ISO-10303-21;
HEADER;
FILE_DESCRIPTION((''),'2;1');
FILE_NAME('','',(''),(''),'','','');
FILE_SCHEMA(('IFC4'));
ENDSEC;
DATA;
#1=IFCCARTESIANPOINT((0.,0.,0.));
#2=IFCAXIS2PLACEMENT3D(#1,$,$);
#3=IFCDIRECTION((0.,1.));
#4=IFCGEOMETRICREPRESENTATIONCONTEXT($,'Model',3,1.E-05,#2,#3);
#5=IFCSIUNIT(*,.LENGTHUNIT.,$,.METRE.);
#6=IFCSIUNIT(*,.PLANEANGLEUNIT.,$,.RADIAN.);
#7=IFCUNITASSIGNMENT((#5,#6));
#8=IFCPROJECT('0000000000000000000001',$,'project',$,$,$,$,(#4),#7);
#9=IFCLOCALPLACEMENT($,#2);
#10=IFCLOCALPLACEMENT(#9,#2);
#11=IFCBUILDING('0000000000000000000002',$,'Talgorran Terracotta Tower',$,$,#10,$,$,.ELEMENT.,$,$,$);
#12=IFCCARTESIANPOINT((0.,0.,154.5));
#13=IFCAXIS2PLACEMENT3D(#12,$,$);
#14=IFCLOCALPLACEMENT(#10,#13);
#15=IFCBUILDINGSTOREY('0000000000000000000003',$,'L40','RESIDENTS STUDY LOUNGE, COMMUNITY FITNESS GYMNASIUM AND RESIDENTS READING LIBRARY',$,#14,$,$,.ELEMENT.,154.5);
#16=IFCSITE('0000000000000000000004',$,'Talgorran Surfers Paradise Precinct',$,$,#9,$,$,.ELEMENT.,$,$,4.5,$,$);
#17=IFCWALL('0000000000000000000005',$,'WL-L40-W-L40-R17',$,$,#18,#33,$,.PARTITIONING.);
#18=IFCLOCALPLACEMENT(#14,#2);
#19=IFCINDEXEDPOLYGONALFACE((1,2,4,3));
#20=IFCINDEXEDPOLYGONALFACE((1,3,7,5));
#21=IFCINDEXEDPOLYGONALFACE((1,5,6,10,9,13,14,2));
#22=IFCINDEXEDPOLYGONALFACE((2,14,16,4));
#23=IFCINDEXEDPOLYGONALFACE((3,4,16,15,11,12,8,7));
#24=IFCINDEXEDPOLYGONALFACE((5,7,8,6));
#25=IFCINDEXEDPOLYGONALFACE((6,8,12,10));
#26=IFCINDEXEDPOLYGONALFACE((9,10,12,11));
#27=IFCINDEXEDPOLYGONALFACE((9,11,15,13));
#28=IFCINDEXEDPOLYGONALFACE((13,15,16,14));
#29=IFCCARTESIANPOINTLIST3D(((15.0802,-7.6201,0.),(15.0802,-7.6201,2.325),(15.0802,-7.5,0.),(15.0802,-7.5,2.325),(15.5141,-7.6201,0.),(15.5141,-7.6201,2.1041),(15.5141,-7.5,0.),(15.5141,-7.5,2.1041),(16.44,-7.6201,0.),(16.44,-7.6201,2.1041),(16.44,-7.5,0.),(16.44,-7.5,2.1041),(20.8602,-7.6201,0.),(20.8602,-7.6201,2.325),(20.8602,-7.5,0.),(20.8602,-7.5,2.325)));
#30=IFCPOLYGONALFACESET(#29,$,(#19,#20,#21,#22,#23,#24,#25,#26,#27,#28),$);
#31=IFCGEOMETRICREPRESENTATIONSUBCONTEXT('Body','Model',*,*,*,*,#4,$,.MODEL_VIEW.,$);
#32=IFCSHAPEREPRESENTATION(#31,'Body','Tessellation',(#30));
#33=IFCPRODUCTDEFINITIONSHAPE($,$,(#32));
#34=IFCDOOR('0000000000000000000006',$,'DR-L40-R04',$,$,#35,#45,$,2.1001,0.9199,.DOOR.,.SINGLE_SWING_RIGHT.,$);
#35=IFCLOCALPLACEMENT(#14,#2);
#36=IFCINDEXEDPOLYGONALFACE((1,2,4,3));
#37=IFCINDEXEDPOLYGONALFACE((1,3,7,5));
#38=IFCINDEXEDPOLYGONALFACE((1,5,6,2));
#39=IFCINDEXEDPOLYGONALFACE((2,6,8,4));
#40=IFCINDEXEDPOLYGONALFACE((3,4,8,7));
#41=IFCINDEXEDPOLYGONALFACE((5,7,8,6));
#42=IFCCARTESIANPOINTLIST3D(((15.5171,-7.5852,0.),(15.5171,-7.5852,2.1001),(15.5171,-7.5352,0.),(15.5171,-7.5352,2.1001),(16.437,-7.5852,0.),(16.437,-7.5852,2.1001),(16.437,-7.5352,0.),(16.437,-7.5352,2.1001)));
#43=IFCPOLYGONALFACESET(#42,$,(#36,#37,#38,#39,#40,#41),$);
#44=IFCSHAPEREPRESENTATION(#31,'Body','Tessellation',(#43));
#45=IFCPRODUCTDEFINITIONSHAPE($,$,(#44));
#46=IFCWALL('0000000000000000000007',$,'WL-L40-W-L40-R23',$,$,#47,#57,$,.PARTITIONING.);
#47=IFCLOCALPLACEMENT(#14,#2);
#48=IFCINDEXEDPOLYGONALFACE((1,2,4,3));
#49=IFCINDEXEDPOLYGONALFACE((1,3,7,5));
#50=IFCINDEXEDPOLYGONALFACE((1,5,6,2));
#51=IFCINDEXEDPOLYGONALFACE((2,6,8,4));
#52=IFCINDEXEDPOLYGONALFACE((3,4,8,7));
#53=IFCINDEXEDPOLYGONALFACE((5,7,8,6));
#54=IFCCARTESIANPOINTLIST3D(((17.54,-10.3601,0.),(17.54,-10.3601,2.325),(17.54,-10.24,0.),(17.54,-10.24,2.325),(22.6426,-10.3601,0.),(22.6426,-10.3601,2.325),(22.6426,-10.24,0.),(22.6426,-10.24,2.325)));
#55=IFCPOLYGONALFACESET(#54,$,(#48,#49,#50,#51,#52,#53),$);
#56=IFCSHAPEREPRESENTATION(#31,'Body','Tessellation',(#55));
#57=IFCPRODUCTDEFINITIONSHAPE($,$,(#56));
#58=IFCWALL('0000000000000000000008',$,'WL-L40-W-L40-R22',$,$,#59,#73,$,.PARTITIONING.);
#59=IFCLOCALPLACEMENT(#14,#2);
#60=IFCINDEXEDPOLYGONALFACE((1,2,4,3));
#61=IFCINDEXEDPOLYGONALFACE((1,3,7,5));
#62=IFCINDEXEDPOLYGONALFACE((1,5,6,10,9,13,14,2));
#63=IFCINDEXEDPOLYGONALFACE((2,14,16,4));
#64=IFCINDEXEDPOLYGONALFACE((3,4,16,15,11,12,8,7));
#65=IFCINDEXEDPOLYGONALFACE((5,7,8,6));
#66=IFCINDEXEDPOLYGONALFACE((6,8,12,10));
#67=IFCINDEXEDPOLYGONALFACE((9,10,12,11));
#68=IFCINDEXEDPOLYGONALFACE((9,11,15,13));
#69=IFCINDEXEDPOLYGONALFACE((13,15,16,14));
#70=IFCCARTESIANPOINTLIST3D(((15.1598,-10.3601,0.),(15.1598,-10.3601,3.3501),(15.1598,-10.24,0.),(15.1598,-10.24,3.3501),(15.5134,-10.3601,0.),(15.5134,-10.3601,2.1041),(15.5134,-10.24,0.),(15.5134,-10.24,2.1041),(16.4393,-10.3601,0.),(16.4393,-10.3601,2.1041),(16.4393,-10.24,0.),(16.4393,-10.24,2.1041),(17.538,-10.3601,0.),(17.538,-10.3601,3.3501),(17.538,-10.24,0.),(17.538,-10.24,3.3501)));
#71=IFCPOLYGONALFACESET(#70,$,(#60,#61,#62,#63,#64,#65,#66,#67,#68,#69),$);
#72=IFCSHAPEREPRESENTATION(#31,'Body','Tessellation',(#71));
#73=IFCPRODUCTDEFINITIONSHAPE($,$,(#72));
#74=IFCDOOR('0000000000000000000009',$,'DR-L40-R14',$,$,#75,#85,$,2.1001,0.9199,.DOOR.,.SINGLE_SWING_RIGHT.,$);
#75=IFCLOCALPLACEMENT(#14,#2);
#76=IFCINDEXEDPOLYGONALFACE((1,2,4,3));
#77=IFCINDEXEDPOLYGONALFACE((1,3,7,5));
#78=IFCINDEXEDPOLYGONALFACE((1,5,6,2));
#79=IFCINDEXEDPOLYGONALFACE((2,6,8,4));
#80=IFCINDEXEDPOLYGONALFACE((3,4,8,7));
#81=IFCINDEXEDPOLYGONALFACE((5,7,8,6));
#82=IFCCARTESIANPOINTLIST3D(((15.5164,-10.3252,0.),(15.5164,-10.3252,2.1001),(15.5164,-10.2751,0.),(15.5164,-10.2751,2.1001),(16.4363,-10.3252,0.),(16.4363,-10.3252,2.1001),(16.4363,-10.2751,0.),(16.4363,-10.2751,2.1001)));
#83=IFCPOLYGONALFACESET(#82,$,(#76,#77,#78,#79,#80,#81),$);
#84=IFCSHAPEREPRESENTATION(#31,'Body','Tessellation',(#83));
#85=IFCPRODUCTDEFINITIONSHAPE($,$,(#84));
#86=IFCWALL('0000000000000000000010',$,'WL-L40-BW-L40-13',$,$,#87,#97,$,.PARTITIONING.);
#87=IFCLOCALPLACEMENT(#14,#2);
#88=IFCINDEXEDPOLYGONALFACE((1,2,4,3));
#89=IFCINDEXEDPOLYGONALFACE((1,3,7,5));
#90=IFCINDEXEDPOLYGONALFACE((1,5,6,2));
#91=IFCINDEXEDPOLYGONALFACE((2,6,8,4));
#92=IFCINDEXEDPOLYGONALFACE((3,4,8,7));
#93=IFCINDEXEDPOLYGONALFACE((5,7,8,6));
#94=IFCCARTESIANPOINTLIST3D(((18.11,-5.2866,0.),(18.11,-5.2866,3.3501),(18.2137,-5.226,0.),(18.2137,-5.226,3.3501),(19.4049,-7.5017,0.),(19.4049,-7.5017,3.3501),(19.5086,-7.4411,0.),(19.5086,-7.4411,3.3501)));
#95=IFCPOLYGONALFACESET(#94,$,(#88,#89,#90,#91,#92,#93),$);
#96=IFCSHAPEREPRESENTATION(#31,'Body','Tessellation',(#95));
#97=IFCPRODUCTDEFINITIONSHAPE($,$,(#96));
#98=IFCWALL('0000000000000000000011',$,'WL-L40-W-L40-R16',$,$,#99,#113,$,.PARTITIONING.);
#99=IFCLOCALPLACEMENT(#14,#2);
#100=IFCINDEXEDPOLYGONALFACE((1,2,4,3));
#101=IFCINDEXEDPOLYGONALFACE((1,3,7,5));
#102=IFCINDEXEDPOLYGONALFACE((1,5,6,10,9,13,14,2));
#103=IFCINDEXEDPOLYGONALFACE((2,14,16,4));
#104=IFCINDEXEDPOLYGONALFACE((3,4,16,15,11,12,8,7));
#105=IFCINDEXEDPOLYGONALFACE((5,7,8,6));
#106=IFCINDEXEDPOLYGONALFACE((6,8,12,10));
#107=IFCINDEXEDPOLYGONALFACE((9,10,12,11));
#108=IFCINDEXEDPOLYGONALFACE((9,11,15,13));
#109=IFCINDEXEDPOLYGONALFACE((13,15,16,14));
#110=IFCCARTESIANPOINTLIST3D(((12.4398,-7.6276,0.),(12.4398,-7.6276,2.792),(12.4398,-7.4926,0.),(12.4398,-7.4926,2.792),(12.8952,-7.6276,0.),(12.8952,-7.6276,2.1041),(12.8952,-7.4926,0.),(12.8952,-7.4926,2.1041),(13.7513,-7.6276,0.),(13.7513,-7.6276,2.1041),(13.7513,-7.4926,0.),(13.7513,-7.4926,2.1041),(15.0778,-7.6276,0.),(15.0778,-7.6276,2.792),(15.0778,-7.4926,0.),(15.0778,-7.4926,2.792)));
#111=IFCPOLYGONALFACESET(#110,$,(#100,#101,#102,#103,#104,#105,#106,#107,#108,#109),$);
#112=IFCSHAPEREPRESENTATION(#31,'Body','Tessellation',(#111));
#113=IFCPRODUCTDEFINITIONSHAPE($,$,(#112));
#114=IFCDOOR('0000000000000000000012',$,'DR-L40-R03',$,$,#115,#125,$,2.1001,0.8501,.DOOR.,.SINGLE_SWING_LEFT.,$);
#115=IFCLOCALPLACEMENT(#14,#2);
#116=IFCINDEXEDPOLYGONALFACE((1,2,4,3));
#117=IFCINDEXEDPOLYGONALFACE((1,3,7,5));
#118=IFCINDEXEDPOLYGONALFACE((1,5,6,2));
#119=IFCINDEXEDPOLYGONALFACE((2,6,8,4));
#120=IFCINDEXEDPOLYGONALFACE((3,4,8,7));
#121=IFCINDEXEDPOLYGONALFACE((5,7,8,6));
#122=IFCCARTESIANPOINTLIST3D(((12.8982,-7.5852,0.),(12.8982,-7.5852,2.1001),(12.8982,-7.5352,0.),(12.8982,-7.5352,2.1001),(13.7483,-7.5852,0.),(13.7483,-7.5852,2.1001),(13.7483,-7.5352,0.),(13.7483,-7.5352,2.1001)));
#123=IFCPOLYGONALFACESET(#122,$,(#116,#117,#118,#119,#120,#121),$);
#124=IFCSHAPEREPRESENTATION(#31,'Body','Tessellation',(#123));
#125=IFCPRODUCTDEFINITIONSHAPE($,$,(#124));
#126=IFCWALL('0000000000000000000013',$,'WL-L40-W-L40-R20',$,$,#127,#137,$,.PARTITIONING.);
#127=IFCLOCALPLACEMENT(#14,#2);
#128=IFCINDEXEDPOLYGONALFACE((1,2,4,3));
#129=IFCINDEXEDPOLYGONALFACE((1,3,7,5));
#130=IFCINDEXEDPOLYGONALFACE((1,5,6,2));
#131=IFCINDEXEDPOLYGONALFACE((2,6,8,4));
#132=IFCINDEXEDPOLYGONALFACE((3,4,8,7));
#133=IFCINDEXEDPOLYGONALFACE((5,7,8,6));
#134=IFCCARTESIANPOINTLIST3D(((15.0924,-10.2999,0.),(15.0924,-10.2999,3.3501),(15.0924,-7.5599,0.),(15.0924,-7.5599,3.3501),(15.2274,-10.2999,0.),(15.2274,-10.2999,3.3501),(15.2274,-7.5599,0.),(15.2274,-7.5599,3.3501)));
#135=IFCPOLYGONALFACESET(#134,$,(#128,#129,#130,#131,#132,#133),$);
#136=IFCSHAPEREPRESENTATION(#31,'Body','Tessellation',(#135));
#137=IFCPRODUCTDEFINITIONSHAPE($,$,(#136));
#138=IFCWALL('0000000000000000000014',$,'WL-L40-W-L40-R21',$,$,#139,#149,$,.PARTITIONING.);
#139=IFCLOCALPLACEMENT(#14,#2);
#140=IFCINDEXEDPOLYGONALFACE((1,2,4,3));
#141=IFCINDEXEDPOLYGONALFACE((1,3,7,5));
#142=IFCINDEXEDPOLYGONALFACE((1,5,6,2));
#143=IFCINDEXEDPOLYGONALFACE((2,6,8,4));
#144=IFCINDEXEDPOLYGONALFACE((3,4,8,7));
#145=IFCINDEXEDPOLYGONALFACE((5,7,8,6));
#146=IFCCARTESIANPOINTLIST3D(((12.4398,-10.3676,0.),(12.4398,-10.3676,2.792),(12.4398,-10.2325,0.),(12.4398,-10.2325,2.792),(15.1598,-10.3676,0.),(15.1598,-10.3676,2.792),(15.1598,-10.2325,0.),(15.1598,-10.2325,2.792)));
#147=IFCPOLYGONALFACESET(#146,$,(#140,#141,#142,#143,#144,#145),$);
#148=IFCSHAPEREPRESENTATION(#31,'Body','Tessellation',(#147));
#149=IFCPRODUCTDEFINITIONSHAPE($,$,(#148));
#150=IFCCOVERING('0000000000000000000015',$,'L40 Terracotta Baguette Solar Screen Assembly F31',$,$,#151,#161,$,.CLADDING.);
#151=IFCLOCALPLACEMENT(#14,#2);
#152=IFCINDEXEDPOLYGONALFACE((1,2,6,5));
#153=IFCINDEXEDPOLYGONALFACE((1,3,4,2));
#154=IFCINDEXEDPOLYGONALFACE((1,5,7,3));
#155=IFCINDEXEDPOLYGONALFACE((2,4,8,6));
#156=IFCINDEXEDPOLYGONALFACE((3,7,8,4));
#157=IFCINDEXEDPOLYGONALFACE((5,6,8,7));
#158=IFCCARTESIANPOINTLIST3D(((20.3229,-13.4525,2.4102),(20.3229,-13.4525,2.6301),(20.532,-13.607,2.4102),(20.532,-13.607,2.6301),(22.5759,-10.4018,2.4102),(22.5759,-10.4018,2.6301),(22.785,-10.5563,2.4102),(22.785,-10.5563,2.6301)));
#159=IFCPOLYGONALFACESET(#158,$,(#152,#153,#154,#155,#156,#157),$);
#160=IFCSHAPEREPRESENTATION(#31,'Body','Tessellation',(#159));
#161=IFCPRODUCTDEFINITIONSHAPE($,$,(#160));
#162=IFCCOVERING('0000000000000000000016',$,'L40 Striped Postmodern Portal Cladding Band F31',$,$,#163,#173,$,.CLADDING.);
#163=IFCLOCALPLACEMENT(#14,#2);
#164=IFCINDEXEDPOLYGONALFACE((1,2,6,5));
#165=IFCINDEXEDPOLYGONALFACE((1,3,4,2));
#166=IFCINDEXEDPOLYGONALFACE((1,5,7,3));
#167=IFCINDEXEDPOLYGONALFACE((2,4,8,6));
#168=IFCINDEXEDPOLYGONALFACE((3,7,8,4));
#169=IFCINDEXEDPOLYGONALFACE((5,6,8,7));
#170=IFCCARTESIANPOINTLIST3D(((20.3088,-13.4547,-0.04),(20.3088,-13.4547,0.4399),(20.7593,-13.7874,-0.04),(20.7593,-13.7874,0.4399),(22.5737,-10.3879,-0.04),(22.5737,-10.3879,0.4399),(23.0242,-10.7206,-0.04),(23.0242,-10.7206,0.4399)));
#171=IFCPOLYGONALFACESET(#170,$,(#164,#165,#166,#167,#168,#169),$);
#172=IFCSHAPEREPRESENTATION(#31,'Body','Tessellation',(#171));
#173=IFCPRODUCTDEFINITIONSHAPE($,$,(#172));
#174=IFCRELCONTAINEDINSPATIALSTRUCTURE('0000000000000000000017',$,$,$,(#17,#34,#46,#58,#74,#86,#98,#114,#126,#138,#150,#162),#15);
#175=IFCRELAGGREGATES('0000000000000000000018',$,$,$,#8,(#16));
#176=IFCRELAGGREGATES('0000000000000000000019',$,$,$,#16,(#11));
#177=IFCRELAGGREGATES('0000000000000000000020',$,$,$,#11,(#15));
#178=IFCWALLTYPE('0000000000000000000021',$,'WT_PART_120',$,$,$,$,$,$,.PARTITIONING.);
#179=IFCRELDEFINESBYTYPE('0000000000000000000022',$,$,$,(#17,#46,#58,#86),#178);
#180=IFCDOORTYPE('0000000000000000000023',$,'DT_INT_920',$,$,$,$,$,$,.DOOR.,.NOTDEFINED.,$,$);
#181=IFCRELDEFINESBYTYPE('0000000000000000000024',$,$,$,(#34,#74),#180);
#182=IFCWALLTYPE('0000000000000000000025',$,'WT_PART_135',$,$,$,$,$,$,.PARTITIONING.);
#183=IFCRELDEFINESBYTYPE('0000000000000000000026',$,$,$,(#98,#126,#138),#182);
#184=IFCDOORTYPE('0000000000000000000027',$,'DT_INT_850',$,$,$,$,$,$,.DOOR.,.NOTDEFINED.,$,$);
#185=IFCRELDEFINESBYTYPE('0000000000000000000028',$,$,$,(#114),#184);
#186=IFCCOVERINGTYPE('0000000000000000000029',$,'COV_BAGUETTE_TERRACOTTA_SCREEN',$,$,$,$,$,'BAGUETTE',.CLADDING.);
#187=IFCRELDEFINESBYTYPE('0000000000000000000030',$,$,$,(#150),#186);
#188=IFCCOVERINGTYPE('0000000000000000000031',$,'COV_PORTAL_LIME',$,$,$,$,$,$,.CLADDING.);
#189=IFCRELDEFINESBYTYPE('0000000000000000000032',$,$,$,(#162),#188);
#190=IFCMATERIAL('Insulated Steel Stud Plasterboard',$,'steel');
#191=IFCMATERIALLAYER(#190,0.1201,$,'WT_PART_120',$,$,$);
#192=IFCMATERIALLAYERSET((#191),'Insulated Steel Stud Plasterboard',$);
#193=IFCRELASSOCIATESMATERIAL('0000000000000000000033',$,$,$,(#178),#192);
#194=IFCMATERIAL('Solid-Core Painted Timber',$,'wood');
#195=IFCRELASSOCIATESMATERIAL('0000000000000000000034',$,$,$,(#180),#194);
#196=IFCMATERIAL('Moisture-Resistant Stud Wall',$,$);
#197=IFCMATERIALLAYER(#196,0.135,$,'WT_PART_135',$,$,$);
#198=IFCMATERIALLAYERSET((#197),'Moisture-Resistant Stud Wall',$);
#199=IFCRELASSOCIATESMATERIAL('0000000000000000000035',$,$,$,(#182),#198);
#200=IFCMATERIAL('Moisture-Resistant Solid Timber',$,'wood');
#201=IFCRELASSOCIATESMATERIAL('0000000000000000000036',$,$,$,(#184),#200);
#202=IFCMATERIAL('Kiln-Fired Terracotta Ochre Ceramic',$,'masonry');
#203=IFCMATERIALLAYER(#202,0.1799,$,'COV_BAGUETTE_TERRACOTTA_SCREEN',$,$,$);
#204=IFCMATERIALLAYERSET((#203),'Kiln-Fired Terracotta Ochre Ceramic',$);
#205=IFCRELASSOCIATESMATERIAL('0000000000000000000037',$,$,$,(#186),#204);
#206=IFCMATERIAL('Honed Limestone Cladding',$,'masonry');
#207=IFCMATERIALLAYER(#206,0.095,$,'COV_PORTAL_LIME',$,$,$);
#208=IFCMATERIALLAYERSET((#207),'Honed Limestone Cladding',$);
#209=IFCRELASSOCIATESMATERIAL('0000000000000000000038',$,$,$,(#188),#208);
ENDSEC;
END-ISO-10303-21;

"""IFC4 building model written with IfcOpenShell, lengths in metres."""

from ifc_helpers import new_model, si_unit, direction, frame, frame_2d, origin, origin_2d, place, context, subcontext, project, spatial, rectangle, extrude, material, layer, layer_set, type_object, element, fill, save


model = new_model("IFC4")

# Units and contexts
model_context = context("Model", 3, precision=1e-05, world=origin(), true_north=direction((0.0, 1.0)))
body_context = subcontext(model_context, "Body", "Model", "MODEL_VIEW")
ifc_project = project(units=[si_unit("LENGTHUNIT", "METRE"), si_unit("PLANEANGLEUNIT", "RADIAN")], contexts=[model_context])

# Site, building, storey
site_placement = place(None, origin())
site = spatial("IfcSite", under=ifc_project, at=site_placement, Name="Talgorran Surfers Paradise Precinct", CompositionType="ELEMENT", RefElevation=4.5)
building_placement = place(site_placement, origin())
building = spatial("IfcBuilding", under=site, at=building_placement, Name="Talgorran Terracotta Tower", CompositionType="ELEMENT")
storey_placement = place(building_placement, frame((0.0, 0.0, 154.5)))
storey = spatial("IfcBuildingStorey", under=building, at=storey_placement, Name="L40", Description="RESIDENTS STUDY LOUNGE, COMMUNITY FITNESS GYMNASIUM AND RESIDENTS READING LIBRARY", CompositionType="ELEMENT", Elevation=154.5)

# Wall, opening, door
ifc_material_1 = material(Name="Insulated Steel Stud Plasterboard", Category="steel")
ifc_layer_1 = layer(ifc_material_1, 0.1201, Name="WT_PART_120")
ifc_layer_set_1 = layer_set([ifc_layer_1], Name="Insulated Steel Stud Plasterboard")
wall_type_1 = type_object("IfcWallType", Name="WT_PART_120", PredefinedType="PARTITIONING", material=ifc_layer_set_1)
wall_1_placement = place(storey_placement, frame((15.0801, -7.5601, 0.0), z_axis=(0.0, 0.0, 1.0), x_axis=(1.0, 0.0, 0.0)))
wall_1 = element("IfcWall", 1, at=wall_1_placement, inside=storey, type_object=wall_type_1, Name="WL-L40-W-L40-R17", PredefinedType="PARTITIONING", context=body_context, shape_type="SweptSolid", body=[
    extrude(rectangle(XDim=5.78, YDim=0.1201, at=frame_2d((2.8901, 0.0))), origin(), (0.0, 0.0, 1.0), 2.325),
])
opening_1_placement = place(wall_1_placement, frame((0.437, 0.0, 0.0)))
opening_1 = element("IfcOpeningElement", 2, at=opening_1_placement, cuts=wall_1, PredefinedType="OPENING", context=body_context, shape_type="SweptSolid", body=[
    extrude(rectangle(XDim=0.9259, YDim=2.1041, at=frame_2d((0.46, 1.052))), frame((0.0, 0.0701, 0.0), z_axis=(0.0, -1.0, 0.0), x_axis=(1.0, 0.0, 0.0)), (0.0, 0.0, 1.0), 0.1401),
])
ifc_material_2 = material(Name="Solid-Core Painted Timber", Category="wood")
door_type_1 = type_object("IfcDoorType", Name="DT_INT_920", OperationType="NOTDEFINED", PredefinedType="DOOR", material=ifc_material_2)
door_1_placement = place(opening_1_placement, origin())
door_1 = element("IfcDoor", 3, at=door_1_placement, inside=storey, type_object=door_type_1, Name="DR-L40-R04", OperationType="SINGLE_SWING_RIGHT", OverallHeight=2.1001, OverallWidth=0.9199, PredefinedType="DOOR", context=body_context, shape_type="SweptSolid", body=[
    extrude(rectangle(XDim=0.9199, YDim=2.1001, at=frame_2d((0.46, 1.05))), frame((0.0, 0.0249, 0.0), z_axis=(0.0, -1.0, 0.0), x_axis=(1.0, 0.0, 0.0)), (0.0, 0.0, 1.0), 0.05),
])
fill(opening_1, door_1)

# Wall
wall_2_placement = place(storey_placement, frame((17.54, -10.3, 0.0), z_axis=(0.0, 0.0, 1.0), x_axis=(1.0, 0.0, 0.0)))
element("IfcWall", 4, at=wall_2_placement, inside=storey, type_object=wall_type_1, Name="WL-L40-W-L40-R23", PredefinedType="PARTITIONING", context=body_context, shape_type="SweptSolid", body=[
    extrude(rectangle(XDim=5.1025, YDim=0.1201, at=frame_2d((2.5513, 0.0))), origin(), (0.0, 0.0, 1.0), 2.325),
])

# Wall, opening, door
wall_3_placement = place(storey_placement, frame((15.1599, -10.3, 0.0), z_axis=(0.0, 0.0, 1.0), x_axis=(1.0, 0.0, 0.0)))
wall_3 = element("IfcWall", 5, at=wall_3_placement, inside=storey, type_object=wall_type_1, Name="WL-L40-W-L40-R22", PredefinedType="PARTITIONING", context=body_context, shape_type="SweptSolid", body=[
    extrude(rectangle(XDim=2.3782, YDim=0.1201, at=frame_2d((1.189, 0.0))), origin(), (0.0, 0.0, 1.0), 3.3501),
])
opening_2_placement = place(wall_3_placement, frame((0.3564, 0.0, 0.0)))
opening_2 = element("IfcOpeningElement", 6, at=opening_2_placement, cuts=wall_3, PredefinedType="OPENING", context=body_context, shape_type="SweptSolid", body=[
    extrude(rectangle(XDim=0.9259, YDim=2.1041, at=frame_2d((0.46, 1.052))), frame((0.0, 0.0701, 0.0), z_axis=(0.0, -1.0, 0.0), x_axis=(1.0, 0.0, 0.0)), (0.0, 0.0, 1.0), 0.1401),
])
door_2_placement = place(opening_2_placement, origin())
door_2 = element("IfcDoor", 7, at=door_2_placement, inside=storey, type_object=door_type_1, Name="DR-L40-R14", OperationType="SINGLE_SWING_RIGHT", OverallHeight=2.1001, OverallWidth=0.9199, PredefinedType="DOOR", context=body_context, shape_type="SweptSolid", body=[
    extrude(rectangle(XDim=0.9199, YDim=2.1001, at=frame_2d((0.46, 1.05))), frame((0.0, 0.0249, 0.0), z_axis=(0.0, -1.0, 0.0), x_axis=(1.0, 0.0, 0.0)), (0.0, 0.0, 1.0), 0.05),
])
fill(opening_2, door_2)

# Wall
wall_4_placement = place(storey_placement, frame((19.4568, -7.4714, 0.0), z_axis=(0.0, 0.0, 1.0), x_axis=(-0.504681, 0.863306, 0.0)))
element("IfcWall", 8, at=wall_4_placement, inside=storey, type_object=wall_type_1, Name="WL-L40-BW-L40-13", PredefinedType="PARTITIONING", context=body_context, shape_type="SweptSolid", body=[
    extrude(rectangle(XDim=2.5659, YDim=0.1201, at=frame_2d((1.283, 0.0))), origin(), (0.0, 0.0, 1.0), 3.3501),
])

# Wall, opening, door
ifc_material_3 = material(Name="Moisture-Resistant Stud Wall")
ifc_layer_2 = layer(ifc_material_3, 0.135, Name="WT_PART_135")
ifc_layer_set_2 = layer_set([ifc_layer_2], Name="Moisture-Resistant Stud Wall")
wall_type_2 = type_object("IfcWallType", Name="WT_PART_135", PredefinedType="PARTITIONING", material=ifc_layer_set_2)
wall_5_placement = place(storey_placement, frame((12.4399, -7.5601, 0.0), z_axis=(0.0, 0.0, 1.0), x_axis=(1.0, 0.0, 0.0)))
wall_5 = element("IfcWall", 9, at=wall_5_placement, inside=storey, type_object=wall_type_2, Name="WL-L40-W-L40-R16", PredefinedType="PARTITIONING", context=body_context, shape_type="SweptSolid", body=[
    extrude(rectangle(XDim=2.6379, YDim=0.135, at=frame_2d((1.3188, 0.0))), origin(), (0.0, 0.0, 1.0), 2.792),
])
opening_3_placement = place(wall_5_placement, frame((0.4583, 0.0, 0.0)))
opening_3 = element("IfcOpeningElement", 10, at=opening_3_placement, cuts=wall_5, PredefinedType="OPENING", context=body_context, shape_type="SweptSolid", body=[
    extrude(rectangle(XDim=0.8561, YDim=2.1041, at=frame_2d((0.425, 1.052))), frame((0.0, 0.0776, 0.0), z_axis=(0.0, -1.0, 0.0), x_axis=(1.0, 0.0, 0.0)), (0.0, 0.0, 1.0), 0.155),
])
ifc_material_4 = material(Name="Moisture-Resistant Solid Timber", Category="wood")
door_type_2 = type_object("IfcDoorType", Name="DT_INT_850", OperationType="NOTDEFINED", PredefinedType="DOOR", material=ifc_material_4)
door_3_placement = place(opening_3_placement, origin())
door_3 = element("IfcDoor", 11, at=door_3_placement, inside=storey, type_object=door_type_2, Name="DR-L40-R03", OperationType="SINGLE_SWING_LEFT", OverallHeight=2.1001, OverallWidth=0.8501, PredefinedType="DOOR", context=body_context, shape_type="SweptSolid", body=[
    extrude(rectangle(XDim=0.8501, YDim=2.1001, at=frame_2d((0.425, 1.05))), frame((0.0, 0.0249, 0.0), z_axis=(0.0, -1.0, 0.0), x_axis=(1.0, 0.0, 0.0)), (0.0, 0.0, 1.0), 0.05),
])
fill(opening_3, door_3)

# Walls
wall_6_placement = place(storey_placement, frame((15.1599, -10.3, 0.0), z_axis=(0.0, 0.0, 1.0), x_axis=(0.0, 1.0, 0.0)))
element("IfcWall", 12, at=wall_6_placement, inside=storey, type_object=wall_type_2, Name="WL-L40-W-L40-R20", PredefinedType="PARTITIONING", context=body_context, shape_type="SweptSolid", body=[
    extrude(rectangle(XDim=2.74, YDim=0.135, at=frame_2d((1.3701, 0.0))), origin(), (0.0, 0.0, 1.0), 3.3501),
])
wall_7_placement = place(storey_placement, frame((12.4399, -10.3, 0.0), z_axis=(0.0, 0.0, 1.0), x_axis=(1.0, 0.0, 0.0)))
element("IfcWall", 13, at=wall_7_placement, inside=storey, type_object=wall_type_2, Name="WL-L40-W-L40-R21", PredefinedType="PARTITIONING", context=body_context, shape_type="SweptSolid", body=[
    extrude(rectangle(XDim=2.72, YDim=0.135, at=frame_2d((1.3599, 0.0))), origin(), (0.0, 0.0, 1.0), 2.792),
])

# Coverings
ifc_material_5 = material(Name="Kiln-Fired Terracotta Ochre Ceramic", Category="masonry")
ifc_layer_3 = layer(ifc_material_5, 0.1799, Name="COV_BAGUETTE_TERRACOTTA_SCREEN")
ifc_layer_set_3 = layer_set([ifc_layer_3], Name="Kiln-Fired Terracotta Ochre Ceramic")
covering_type_1 = type_object("IfcCoveringType", Name="COV_BAGUETTE_TERRACOTTA_SCREEN", ElementType="BAGUETTE", PredefinedType="CLADDING", material=ifc_layer_set_3)
covering_1_placement = place(storey_placement, frame((21.554, -12.0044, 2.4102), z_axis=(0.0, 0.0, 1.0), x_axis=(0.594079, 0.804407, 0.0)))
element("IfcCovering", 14, at=covering_1_placement, inside=storey, type_object=covering_type_1, Name="L40 Terracotta Baguette Solar Screen Assembly F31", PredefinedType="CLADDING", context=body_context, shape_type="SweptSolid", body=[
    extrude(rectangle(XDim=3.7925, YDim=0.26, at=origin_2d()), origin(), (0.0, 0.0, 1.0), 0.22),
])
ifc_material_6 = material(Name="Honed Limestone Cladding", Category="masonry")
ifc_layer_4 = layer(ifc_material_6, 0.095, Name="COV_PORTAL_LIME")
ifc_layer_set_4 = layer_set([ifc_layer_4], Name="Honed Limestone Cladding")
covering_type_2 = type_object("IfcCoveringType", Name="COV_PORTAL_LIME", PredefinedType="CLADDING", material=ifc_layer_set_4)
covering_2_placement = place(storey_placement, frame((21.6665, -12.0876, -0.04), z_axis=(0.0, 0.0, 1.0), x_axis=(0.594079, 0.804407, 0.0)))
element("IfcCovering", 15, at=covering_2_placement, inside=storey, type_object=covering_type_2, Name="L40 Striped Postmodern Portal Cladding Band F31", PredefinedType="CLADDING", context=body_context, shape_type="SweptSolid", body=[
    extrude(rectangle(XDim=3.8125, YDim=0.5601, at=origin_2d()), origin(), (0.0, 0.0, 1.0), 0.48),
])

save(model, "model.ifc")
